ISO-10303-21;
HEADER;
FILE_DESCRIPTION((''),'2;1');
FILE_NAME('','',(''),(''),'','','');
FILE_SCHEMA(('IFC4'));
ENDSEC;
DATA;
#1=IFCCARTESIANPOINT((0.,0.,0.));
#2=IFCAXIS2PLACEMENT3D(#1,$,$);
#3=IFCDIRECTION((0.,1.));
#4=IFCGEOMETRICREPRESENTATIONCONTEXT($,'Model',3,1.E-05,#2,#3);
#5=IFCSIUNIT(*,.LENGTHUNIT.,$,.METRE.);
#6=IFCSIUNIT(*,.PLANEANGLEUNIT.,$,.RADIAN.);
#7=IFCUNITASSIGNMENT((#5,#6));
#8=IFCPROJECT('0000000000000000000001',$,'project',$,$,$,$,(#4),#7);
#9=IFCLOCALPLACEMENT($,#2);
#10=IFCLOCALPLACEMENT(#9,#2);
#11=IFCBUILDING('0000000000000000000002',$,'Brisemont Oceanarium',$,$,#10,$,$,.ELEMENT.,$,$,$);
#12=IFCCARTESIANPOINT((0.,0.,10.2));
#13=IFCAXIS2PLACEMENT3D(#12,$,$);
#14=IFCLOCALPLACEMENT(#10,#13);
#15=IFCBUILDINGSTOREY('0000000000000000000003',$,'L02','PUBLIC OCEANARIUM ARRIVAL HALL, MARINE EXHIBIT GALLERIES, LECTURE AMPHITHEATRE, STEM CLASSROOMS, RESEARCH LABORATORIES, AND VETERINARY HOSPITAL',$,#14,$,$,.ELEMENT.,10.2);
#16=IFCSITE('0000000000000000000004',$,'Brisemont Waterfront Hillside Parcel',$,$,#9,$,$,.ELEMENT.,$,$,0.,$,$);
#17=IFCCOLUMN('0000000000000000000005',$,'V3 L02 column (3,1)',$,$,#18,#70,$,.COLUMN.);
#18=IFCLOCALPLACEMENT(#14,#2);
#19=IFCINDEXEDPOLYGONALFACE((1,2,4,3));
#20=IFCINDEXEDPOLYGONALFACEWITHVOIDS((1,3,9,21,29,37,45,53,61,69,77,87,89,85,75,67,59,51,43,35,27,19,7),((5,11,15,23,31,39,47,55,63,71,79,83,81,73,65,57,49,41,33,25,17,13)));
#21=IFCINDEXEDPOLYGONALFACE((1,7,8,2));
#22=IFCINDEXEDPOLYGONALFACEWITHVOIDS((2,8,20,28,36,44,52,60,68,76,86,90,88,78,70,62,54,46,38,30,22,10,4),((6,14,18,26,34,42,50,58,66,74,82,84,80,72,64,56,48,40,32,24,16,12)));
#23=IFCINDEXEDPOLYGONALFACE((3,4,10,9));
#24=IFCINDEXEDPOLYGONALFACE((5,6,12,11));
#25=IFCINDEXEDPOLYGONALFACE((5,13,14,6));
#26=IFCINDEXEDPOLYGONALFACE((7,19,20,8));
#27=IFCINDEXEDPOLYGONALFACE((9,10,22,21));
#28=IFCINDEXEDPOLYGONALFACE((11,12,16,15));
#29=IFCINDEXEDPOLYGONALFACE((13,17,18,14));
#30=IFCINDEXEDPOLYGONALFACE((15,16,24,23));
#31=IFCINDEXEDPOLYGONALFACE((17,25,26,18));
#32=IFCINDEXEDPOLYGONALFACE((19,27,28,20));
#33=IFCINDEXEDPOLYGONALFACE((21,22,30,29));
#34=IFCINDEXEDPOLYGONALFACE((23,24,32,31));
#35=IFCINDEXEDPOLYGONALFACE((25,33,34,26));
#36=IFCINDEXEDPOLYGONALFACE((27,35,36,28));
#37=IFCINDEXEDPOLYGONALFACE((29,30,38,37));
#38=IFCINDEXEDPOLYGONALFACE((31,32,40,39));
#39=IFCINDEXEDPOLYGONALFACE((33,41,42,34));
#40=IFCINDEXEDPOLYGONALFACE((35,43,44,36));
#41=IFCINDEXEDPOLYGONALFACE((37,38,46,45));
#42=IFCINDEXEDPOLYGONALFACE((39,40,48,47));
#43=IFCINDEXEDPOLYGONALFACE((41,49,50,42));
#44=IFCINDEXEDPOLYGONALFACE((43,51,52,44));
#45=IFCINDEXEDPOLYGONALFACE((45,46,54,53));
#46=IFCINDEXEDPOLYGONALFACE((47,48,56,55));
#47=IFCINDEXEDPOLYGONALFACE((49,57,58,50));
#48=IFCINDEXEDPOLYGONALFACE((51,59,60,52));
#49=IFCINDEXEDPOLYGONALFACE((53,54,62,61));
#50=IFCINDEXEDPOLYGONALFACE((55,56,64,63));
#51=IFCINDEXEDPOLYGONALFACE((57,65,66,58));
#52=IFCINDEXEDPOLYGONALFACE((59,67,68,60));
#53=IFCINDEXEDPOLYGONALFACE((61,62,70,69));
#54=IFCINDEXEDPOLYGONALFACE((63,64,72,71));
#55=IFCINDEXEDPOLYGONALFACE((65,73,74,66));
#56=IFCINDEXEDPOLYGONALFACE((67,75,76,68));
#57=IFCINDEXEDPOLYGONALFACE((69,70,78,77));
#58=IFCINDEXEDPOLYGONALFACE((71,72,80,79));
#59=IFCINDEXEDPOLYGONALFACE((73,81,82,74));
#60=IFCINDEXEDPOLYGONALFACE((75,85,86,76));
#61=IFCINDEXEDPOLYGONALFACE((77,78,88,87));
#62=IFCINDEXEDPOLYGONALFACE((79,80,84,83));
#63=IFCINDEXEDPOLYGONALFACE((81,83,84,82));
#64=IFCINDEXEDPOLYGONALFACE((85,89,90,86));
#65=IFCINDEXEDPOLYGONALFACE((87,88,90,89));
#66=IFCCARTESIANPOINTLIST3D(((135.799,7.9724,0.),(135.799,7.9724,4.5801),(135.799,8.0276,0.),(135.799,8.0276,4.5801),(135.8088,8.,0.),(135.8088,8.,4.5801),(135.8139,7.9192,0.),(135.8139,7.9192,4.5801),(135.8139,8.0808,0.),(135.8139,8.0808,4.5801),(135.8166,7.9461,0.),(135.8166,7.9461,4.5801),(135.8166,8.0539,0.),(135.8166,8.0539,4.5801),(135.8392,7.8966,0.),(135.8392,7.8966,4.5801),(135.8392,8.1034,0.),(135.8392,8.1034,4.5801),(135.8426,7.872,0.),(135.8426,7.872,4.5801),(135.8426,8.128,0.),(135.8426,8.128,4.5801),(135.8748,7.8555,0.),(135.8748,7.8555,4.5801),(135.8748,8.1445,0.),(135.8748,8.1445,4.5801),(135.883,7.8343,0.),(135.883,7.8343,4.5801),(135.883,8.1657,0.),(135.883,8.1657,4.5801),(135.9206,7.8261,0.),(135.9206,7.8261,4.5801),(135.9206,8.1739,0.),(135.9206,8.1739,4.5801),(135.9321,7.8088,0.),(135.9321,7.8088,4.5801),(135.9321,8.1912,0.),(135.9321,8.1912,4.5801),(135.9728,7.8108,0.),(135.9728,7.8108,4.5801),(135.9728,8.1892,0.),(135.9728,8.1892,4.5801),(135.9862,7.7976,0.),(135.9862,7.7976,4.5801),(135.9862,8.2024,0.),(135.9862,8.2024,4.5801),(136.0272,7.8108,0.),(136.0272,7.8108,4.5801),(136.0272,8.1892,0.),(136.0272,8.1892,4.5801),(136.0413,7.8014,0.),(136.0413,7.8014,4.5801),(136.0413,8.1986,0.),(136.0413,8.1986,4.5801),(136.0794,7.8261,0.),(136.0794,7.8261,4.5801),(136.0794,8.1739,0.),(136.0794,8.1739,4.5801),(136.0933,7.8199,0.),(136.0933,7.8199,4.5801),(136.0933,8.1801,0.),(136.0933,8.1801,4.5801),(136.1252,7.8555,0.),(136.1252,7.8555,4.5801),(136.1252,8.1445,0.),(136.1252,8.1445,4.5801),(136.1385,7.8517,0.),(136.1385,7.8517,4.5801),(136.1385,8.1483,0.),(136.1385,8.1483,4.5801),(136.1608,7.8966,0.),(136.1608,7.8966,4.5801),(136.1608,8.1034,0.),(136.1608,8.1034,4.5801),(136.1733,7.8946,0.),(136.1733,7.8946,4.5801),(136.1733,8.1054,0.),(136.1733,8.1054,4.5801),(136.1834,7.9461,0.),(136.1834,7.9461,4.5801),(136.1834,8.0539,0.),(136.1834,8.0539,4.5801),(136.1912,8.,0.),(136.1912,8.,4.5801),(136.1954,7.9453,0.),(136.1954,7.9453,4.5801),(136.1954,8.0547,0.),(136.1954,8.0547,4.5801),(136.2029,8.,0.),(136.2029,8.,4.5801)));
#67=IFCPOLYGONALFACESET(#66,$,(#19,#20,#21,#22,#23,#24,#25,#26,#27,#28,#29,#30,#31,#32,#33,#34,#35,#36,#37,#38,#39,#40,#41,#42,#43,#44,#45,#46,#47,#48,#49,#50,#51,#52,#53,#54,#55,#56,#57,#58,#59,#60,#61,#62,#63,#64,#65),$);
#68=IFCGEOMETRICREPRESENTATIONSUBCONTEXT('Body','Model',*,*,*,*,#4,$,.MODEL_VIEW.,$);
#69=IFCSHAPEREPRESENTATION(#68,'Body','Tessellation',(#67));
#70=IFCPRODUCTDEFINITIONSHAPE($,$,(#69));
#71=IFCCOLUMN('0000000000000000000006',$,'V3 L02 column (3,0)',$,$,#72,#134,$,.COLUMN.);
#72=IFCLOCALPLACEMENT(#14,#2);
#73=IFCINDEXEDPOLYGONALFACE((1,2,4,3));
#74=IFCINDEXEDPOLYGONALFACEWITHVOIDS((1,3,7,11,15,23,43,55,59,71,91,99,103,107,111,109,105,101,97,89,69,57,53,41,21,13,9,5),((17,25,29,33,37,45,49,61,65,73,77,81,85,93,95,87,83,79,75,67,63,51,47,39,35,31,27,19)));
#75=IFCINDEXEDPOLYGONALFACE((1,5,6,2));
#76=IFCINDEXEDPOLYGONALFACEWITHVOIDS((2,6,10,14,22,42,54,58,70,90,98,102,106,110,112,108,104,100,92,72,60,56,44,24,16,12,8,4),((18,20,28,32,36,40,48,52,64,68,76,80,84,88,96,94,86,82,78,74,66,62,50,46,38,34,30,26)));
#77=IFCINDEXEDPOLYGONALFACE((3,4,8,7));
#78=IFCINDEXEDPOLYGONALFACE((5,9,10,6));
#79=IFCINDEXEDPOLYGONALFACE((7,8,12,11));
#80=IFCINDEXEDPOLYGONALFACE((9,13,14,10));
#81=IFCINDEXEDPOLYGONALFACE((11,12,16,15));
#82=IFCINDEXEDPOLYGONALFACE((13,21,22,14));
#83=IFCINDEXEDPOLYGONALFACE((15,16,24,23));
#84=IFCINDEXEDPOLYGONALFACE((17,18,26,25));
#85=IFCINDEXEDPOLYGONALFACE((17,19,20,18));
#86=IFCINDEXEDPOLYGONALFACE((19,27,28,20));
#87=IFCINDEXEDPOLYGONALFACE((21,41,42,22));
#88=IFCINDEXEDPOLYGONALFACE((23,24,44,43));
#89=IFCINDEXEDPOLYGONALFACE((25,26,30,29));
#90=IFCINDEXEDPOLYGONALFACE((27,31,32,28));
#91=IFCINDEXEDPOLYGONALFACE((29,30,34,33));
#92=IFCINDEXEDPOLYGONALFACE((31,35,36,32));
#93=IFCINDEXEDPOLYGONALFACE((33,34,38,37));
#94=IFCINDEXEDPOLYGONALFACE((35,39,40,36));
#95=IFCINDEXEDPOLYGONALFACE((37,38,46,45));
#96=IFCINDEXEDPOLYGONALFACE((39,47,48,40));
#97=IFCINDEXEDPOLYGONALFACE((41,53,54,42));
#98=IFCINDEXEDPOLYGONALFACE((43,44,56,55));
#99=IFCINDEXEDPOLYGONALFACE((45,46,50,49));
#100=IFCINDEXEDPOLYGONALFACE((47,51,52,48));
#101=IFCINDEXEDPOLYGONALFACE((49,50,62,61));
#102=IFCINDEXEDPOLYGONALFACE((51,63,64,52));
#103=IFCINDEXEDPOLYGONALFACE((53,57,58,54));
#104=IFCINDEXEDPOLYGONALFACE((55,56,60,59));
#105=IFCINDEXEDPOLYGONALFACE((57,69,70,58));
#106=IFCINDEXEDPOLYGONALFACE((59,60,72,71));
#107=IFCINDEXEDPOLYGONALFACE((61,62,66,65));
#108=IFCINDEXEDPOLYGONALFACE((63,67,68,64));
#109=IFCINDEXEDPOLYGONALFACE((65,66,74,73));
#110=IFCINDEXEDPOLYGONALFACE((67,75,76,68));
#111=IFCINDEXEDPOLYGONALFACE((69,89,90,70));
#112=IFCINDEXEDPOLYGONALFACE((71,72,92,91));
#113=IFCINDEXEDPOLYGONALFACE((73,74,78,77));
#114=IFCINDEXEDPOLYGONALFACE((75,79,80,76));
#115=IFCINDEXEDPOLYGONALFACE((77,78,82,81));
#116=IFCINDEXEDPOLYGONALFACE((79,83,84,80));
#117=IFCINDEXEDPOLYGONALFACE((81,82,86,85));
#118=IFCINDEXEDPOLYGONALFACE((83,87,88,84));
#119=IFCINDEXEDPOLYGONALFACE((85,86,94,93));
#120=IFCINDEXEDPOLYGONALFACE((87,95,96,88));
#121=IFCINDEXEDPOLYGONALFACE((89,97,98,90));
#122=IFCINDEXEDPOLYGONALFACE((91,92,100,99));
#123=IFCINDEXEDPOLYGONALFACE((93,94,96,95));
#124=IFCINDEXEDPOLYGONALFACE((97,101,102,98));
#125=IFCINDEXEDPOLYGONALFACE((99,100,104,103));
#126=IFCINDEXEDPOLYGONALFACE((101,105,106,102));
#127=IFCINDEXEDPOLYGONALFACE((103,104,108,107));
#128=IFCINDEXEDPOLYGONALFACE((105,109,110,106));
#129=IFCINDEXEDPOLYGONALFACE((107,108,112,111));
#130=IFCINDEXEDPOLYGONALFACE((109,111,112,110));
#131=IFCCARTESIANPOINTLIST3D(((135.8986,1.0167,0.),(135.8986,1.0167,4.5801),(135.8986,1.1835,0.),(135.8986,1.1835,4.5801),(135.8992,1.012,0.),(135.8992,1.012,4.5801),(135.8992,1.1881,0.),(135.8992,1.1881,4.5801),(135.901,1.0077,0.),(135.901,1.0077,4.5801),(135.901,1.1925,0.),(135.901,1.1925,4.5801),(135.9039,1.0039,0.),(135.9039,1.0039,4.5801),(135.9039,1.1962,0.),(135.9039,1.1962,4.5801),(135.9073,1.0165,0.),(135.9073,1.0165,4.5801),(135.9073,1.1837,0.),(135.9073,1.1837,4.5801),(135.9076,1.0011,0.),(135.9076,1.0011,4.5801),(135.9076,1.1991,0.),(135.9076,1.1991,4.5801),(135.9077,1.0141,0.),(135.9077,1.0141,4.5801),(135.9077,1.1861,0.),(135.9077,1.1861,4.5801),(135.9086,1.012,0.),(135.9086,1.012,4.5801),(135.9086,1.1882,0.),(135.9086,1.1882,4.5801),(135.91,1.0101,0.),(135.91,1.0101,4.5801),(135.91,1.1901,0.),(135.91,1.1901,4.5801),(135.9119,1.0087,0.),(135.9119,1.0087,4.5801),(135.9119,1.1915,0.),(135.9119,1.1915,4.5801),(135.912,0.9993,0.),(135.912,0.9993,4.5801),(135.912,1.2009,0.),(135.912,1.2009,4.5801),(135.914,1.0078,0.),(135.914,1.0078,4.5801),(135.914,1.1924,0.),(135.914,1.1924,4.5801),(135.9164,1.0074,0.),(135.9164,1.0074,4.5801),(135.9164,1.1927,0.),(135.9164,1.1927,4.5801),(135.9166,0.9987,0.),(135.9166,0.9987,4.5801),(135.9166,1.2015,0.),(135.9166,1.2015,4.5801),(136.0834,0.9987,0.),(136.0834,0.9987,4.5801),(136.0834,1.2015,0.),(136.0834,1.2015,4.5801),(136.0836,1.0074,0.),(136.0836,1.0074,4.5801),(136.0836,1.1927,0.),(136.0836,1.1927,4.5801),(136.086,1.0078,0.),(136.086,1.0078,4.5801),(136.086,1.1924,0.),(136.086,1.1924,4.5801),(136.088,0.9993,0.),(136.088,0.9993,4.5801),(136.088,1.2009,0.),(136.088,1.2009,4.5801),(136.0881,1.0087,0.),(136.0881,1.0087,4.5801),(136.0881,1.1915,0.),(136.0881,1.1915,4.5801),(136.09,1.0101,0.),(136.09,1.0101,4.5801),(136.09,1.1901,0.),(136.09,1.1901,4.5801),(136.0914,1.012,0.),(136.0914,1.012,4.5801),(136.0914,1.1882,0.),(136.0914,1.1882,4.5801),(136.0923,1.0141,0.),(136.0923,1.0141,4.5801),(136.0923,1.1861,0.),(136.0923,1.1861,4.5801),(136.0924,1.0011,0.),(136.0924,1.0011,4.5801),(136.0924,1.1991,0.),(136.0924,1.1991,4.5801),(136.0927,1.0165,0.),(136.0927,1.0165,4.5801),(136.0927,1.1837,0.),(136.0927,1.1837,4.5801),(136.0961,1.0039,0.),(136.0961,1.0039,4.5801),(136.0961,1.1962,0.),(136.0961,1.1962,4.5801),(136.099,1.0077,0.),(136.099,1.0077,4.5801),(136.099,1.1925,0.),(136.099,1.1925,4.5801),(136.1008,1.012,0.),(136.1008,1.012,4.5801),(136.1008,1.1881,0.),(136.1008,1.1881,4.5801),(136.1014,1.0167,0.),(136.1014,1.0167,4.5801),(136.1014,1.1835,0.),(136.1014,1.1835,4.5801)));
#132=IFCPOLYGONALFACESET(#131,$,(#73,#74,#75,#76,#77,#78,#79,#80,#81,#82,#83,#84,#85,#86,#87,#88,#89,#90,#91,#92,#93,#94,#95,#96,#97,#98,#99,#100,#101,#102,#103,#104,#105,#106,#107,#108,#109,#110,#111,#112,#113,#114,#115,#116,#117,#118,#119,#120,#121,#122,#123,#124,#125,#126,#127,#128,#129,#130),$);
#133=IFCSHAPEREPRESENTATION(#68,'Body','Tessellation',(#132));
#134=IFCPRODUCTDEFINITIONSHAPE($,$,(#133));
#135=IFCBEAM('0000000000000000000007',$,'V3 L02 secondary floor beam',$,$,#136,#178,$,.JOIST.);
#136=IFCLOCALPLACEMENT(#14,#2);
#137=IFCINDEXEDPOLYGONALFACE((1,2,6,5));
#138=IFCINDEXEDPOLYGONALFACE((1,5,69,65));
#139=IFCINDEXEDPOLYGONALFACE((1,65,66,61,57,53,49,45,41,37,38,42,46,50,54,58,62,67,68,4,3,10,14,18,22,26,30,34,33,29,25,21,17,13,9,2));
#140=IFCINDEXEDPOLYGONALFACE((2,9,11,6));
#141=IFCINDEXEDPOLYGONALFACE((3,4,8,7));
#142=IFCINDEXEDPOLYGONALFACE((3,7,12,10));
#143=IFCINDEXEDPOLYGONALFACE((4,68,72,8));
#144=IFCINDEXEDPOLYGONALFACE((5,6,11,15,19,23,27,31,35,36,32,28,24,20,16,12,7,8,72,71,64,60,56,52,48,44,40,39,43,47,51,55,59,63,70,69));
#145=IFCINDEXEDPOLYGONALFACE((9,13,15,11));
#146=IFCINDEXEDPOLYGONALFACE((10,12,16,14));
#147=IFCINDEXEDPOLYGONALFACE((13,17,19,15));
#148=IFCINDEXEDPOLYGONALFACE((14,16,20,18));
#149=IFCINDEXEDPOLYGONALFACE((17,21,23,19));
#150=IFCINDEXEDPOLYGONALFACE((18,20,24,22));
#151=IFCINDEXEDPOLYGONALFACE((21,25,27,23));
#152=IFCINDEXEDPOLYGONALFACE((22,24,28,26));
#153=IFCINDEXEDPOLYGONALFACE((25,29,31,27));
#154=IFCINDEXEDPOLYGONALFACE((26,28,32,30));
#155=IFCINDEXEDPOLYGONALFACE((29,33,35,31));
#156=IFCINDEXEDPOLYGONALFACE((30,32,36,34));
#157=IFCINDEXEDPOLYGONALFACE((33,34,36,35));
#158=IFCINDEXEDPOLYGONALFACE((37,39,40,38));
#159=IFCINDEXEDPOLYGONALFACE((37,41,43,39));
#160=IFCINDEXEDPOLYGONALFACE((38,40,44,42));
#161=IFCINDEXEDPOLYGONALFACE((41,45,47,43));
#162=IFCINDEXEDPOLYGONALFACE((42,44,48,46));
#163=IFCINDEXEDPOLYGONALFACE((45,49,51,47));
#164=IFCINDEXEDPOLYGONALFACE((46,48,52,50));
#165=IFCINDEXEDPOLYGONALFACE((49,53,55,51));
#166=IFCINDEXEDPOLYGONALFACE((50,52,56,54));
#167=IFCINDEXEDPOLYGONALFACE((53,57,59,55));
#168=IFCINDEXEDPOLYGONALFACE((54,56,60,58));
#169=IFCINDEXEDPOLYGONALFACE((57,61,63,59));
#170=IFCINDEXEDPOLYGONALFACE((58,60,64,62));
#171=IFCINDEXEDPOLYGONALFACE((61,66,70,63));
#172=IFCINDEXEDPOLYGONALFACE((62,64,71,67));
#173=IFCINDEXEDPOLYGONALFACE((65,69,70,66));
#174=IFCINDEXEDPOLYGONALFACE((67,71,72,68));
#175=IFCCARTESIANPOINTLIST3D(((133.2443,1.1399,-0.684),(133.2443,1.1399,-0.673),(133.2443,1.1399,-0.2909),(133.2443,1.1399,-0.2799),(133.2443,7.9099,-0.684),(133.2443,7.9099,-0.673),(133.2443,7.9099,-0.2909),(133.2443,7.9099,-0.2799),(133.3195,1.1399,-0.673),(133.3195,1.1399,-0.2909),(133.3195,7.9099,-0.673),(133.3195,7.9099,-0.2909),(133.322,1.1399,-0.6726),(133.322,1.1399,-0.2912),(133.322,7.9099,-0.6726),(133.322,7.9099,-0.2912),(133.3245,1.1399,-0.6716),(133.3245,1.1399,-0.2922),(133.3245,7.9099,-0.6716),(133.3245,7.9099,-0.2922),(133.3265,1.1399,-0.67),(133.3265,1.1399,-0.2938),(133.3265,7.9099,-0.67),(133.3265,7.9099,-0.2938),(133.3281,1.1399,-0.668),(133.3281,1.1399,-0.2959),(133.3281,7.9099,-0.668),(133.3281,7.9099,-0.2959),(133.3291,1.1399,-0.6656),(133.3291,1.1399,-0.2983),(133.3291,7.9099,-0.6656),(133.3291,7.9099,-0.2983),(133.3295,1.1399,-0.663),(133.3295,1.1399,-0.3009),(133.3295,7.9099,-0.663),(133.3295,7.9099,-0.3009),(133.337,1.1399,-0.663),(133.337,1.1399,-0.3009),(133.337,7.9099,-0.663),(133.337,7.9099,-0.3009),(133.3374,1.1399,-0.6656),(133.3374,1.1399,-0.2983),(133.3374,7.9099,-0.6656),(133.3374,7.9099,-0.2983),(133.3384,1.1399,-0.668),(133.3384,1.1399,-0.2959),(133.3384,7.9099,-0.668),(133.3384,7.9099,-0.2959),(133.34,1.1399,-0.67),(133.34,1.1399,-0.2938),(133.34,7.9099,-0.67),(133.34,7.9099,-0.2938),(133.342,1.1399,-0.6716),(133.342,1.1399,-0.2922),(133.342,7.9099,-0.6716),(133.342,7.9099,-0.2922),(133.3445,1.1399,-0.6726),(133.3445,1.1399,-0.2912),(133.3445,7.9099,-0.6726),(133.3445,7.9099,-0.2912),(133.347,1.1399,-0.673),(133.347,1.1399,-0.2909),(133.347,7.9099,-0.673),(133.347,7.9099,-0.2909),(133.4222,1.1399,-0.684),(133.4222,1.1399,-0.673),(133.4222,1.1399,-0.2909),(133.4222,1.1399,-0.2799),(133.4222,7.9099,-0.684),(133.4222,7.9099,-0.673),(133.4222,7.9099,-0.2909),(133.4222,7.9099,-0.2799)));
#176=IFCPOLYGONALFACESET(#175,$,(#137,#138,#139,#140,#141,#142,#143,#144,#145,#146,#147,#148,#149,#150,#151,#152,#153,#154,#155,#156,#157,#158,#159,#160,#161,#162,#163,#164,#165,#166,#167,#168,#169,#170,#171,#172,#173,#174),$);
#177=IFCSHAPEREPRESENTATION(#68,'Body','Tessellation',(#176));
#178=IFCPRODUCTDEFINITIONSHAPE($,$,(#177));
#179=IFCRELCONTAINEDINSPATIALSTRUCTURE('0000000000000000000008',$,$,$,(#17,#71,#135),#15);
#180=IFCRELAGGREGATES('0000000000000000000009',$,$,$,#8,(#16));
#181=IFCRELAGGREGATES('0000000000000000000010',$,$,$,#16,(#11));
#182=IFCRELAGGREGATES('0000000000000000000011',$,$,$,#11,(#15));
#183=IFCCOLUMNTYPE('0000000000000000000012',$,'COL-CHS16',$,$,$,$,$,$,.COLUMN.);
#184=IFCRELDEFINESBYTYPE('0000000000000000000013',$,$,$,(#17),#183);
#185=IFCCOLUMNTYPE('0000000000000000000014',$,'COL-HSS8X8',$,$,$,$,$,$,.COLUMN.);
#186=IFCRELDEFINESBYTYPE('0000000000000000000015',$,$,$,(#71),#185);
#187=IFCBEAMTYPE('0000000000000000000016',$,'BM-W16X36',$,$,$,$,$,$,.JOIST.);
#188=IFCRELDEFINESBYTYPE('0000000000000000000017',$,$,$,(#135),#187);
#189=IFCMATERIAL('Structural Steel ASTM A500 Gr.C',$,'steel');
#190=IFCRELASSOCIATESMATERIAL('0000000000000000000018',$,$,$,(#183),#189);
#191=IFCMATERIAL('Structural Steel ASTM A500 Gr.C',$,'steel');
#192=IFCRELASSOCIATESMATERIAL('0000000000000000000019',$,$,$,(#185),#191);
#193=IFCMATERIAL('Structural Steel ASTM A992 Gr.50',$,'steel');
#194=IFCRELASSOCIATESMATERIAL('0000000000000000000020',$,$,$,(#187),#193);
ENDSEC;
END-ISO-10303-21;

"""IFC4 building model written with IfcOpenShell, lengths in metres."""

from ifc_helpers import new_model, si_unit, direction, frame, origin, origin_2d, place, context, subcontext, project, spatial, hollow_rectangle, hollow_circle, i_section, extrude, material, material_profile, profile_set, type_object, element, save


model = new_model("IFC4")

# Units and contexts
model_context = context("Model", 3, precision=1e-05, world=origin(), true_north=direction((0.0, 1.0)))
body_context = subcontext(model_context, "Body", "Model", "MODEL_VIEW")
ifc_project = project(units=[si_unit("LENGTHUNIT", "METRE"), si_unit("PLANEANGLEUNIT", "RADIAN")], contexts=[model_context])

# Site, building, storey
site_placement = place(None, origin())
site = spatial("IfcSite", under=ifc_project, at=site_placement, Name="Brisemont Waterfront Hillside Parcel", CompositionType="ELEMENT", RefElevation=0.0)
building_placement = place(site_placement, origin())
building = spatial("IfcBuilding", under=site, at=building_placement, Name="Brisemont Oceanarium", CompositionType="ELEMENT")
storey_placement = place(building_placement, frame((0.0, 0.0, 10.2)))
storey = spatial("IfcBuildingStorey", under=building, at=storey_placement, Name="L02", Description="PUBLIC OCEANARIUM ARRIVAL HALL, MARINE EXHIBIT GALLERIES, LECTURE AMPHITHEATRE, STEM CLASSROOMS, RESEARCH LABORATORIES, AND VETERINARY HOSPITAL", CompositionType="ELEMENT", Elevation=10.2)

# Columns
ifc_material_1 = material(Name="Structural Steel ASTM A500 Gr.C", Category="steel")
ifc_material_profile_1 = material_profile(ifc_material_1, hollow_circle(Radius=0.2029, WallThickness=0.0117, at=origin_2d()), Name="HSS16.000X0.500")
ifc_profile_set_1 = profile_set([ifc_material_profile_1], Name="Structural Steel ASTM A500 Gr.C")
column_type_1 = type_object("IfcColumnType", Name="COL-CHS16", PredefinedType="COLUMN", material=ifc_profile_set_1)
column_1_placement = place(storey_placement, frame((136.0, 8.0, 0.0), z_axis=(0.0, 0.0, 1.0), x_axis=(1.0, 0.0, 0.0)))
element("IfcColumn", 1, at=column_1_placement, inside=storey, type_object=column_type_1, Name="V3 L02 column (3,1)", PredefinedType="COLUMN", context=body_context, shape_type="SweptSolid", body=[
    extrude(hollow_circle(Radius=0.2029, WallThickness=0.0117, at=origin_2d()), origin(), (0.0, 0.0, 1.0), 4.5801),
])
ifc_material_2 = material(Name="Structural Steel ASTM A500 Gr.C", Category="steel")
ifc_material_profile_2 = material_profile(ifc_material_2, hollow_rectangle(XDim=0.2029, YDim=0.2029, WallThickness=0.0088, InnerFilletRadius=0.009, OuterFilletRadius=0.0181, at=origin_2d()), Name="HSS8X8X3/8")
ifc_profile_set_2 = profile_set([ifc_material_profile_2], Name="Structural Steel ASTM A500 Gr.C")
column_type_2 = type_object("IfcColumnType", Name="COL-HSS8X8", PredefinedType="COLUMN", material=ifc_profile_set_2)
column_2_placement = place(storey_placement, frame((136.0, 1.1001, 0.0), z_axis=(0.0, 0.0, 1.0), x_axis=(0.0, 1.0, 0.0)))
element("IfcColumn", 2, at=column_2_placement, inside=storey, type_object=column_type_2, Name="V3 L02 column (3,0)", PredefinedType="COLUMN", context=body_context, shape_type="SweptSolid", body=[
    extrude(hollow_rectangle(XDim=0.2029, YDim=0.2029, WallThickness=0.0088, InnerFilletRadius=0.009, OuterFilletRadius=0.0181, at=origin_2d()), origin(), (0.0, 0.0, 1.0), 4.5801),
])

# Beam
ifc_material_3 = material(Name="Structural Steel ASTM A992 Gr.50", Category="steel")
ifc_material_profile_3 = material_profile(ifc_material_3, i_section(OverallWidth=0.178, OverallDepth=0.4041, WebThickness=0.0076, FlangeThickness=0.011, FilletRadius=0.01, at=origin_2d()), Name="W16X36")
ifc_profile_set_3 = profile_set([ifc_material_profile_3], Name="Structural Steel ASTM A992 Gr.50")
beam_type_1 = type_object("IfcBeamType", Name="BM-W16X36", PredefinedType="JOIST", material=ifc_profile_set_3)
beam_1_placement = place(storey_placement, frame((133.3333, 1.1399, -0.4819), z_axis=(0.0, 1.0, 0.0), x_axis=(-1.0, 0.0, 0.0)))
element("IfcBeam", 3, at=beam_1_placement, inside=storey, type_object=beam_type_1, Name="V3 L02 secondary floor beam", PredefinedType="JOIST", context=body_context, shape_type="SweptSolid", body=[
    extrude(i_section(OverallWidth=0.178, OverallDepth=0.4041, WebThickness=0.0076, FlangeThickness=0.011, FilletRadius=0.01, at=origin_2d()), origin(), (0.0, 0.0, 1.0), 6.77),
])

save(model, "model.ifc")
